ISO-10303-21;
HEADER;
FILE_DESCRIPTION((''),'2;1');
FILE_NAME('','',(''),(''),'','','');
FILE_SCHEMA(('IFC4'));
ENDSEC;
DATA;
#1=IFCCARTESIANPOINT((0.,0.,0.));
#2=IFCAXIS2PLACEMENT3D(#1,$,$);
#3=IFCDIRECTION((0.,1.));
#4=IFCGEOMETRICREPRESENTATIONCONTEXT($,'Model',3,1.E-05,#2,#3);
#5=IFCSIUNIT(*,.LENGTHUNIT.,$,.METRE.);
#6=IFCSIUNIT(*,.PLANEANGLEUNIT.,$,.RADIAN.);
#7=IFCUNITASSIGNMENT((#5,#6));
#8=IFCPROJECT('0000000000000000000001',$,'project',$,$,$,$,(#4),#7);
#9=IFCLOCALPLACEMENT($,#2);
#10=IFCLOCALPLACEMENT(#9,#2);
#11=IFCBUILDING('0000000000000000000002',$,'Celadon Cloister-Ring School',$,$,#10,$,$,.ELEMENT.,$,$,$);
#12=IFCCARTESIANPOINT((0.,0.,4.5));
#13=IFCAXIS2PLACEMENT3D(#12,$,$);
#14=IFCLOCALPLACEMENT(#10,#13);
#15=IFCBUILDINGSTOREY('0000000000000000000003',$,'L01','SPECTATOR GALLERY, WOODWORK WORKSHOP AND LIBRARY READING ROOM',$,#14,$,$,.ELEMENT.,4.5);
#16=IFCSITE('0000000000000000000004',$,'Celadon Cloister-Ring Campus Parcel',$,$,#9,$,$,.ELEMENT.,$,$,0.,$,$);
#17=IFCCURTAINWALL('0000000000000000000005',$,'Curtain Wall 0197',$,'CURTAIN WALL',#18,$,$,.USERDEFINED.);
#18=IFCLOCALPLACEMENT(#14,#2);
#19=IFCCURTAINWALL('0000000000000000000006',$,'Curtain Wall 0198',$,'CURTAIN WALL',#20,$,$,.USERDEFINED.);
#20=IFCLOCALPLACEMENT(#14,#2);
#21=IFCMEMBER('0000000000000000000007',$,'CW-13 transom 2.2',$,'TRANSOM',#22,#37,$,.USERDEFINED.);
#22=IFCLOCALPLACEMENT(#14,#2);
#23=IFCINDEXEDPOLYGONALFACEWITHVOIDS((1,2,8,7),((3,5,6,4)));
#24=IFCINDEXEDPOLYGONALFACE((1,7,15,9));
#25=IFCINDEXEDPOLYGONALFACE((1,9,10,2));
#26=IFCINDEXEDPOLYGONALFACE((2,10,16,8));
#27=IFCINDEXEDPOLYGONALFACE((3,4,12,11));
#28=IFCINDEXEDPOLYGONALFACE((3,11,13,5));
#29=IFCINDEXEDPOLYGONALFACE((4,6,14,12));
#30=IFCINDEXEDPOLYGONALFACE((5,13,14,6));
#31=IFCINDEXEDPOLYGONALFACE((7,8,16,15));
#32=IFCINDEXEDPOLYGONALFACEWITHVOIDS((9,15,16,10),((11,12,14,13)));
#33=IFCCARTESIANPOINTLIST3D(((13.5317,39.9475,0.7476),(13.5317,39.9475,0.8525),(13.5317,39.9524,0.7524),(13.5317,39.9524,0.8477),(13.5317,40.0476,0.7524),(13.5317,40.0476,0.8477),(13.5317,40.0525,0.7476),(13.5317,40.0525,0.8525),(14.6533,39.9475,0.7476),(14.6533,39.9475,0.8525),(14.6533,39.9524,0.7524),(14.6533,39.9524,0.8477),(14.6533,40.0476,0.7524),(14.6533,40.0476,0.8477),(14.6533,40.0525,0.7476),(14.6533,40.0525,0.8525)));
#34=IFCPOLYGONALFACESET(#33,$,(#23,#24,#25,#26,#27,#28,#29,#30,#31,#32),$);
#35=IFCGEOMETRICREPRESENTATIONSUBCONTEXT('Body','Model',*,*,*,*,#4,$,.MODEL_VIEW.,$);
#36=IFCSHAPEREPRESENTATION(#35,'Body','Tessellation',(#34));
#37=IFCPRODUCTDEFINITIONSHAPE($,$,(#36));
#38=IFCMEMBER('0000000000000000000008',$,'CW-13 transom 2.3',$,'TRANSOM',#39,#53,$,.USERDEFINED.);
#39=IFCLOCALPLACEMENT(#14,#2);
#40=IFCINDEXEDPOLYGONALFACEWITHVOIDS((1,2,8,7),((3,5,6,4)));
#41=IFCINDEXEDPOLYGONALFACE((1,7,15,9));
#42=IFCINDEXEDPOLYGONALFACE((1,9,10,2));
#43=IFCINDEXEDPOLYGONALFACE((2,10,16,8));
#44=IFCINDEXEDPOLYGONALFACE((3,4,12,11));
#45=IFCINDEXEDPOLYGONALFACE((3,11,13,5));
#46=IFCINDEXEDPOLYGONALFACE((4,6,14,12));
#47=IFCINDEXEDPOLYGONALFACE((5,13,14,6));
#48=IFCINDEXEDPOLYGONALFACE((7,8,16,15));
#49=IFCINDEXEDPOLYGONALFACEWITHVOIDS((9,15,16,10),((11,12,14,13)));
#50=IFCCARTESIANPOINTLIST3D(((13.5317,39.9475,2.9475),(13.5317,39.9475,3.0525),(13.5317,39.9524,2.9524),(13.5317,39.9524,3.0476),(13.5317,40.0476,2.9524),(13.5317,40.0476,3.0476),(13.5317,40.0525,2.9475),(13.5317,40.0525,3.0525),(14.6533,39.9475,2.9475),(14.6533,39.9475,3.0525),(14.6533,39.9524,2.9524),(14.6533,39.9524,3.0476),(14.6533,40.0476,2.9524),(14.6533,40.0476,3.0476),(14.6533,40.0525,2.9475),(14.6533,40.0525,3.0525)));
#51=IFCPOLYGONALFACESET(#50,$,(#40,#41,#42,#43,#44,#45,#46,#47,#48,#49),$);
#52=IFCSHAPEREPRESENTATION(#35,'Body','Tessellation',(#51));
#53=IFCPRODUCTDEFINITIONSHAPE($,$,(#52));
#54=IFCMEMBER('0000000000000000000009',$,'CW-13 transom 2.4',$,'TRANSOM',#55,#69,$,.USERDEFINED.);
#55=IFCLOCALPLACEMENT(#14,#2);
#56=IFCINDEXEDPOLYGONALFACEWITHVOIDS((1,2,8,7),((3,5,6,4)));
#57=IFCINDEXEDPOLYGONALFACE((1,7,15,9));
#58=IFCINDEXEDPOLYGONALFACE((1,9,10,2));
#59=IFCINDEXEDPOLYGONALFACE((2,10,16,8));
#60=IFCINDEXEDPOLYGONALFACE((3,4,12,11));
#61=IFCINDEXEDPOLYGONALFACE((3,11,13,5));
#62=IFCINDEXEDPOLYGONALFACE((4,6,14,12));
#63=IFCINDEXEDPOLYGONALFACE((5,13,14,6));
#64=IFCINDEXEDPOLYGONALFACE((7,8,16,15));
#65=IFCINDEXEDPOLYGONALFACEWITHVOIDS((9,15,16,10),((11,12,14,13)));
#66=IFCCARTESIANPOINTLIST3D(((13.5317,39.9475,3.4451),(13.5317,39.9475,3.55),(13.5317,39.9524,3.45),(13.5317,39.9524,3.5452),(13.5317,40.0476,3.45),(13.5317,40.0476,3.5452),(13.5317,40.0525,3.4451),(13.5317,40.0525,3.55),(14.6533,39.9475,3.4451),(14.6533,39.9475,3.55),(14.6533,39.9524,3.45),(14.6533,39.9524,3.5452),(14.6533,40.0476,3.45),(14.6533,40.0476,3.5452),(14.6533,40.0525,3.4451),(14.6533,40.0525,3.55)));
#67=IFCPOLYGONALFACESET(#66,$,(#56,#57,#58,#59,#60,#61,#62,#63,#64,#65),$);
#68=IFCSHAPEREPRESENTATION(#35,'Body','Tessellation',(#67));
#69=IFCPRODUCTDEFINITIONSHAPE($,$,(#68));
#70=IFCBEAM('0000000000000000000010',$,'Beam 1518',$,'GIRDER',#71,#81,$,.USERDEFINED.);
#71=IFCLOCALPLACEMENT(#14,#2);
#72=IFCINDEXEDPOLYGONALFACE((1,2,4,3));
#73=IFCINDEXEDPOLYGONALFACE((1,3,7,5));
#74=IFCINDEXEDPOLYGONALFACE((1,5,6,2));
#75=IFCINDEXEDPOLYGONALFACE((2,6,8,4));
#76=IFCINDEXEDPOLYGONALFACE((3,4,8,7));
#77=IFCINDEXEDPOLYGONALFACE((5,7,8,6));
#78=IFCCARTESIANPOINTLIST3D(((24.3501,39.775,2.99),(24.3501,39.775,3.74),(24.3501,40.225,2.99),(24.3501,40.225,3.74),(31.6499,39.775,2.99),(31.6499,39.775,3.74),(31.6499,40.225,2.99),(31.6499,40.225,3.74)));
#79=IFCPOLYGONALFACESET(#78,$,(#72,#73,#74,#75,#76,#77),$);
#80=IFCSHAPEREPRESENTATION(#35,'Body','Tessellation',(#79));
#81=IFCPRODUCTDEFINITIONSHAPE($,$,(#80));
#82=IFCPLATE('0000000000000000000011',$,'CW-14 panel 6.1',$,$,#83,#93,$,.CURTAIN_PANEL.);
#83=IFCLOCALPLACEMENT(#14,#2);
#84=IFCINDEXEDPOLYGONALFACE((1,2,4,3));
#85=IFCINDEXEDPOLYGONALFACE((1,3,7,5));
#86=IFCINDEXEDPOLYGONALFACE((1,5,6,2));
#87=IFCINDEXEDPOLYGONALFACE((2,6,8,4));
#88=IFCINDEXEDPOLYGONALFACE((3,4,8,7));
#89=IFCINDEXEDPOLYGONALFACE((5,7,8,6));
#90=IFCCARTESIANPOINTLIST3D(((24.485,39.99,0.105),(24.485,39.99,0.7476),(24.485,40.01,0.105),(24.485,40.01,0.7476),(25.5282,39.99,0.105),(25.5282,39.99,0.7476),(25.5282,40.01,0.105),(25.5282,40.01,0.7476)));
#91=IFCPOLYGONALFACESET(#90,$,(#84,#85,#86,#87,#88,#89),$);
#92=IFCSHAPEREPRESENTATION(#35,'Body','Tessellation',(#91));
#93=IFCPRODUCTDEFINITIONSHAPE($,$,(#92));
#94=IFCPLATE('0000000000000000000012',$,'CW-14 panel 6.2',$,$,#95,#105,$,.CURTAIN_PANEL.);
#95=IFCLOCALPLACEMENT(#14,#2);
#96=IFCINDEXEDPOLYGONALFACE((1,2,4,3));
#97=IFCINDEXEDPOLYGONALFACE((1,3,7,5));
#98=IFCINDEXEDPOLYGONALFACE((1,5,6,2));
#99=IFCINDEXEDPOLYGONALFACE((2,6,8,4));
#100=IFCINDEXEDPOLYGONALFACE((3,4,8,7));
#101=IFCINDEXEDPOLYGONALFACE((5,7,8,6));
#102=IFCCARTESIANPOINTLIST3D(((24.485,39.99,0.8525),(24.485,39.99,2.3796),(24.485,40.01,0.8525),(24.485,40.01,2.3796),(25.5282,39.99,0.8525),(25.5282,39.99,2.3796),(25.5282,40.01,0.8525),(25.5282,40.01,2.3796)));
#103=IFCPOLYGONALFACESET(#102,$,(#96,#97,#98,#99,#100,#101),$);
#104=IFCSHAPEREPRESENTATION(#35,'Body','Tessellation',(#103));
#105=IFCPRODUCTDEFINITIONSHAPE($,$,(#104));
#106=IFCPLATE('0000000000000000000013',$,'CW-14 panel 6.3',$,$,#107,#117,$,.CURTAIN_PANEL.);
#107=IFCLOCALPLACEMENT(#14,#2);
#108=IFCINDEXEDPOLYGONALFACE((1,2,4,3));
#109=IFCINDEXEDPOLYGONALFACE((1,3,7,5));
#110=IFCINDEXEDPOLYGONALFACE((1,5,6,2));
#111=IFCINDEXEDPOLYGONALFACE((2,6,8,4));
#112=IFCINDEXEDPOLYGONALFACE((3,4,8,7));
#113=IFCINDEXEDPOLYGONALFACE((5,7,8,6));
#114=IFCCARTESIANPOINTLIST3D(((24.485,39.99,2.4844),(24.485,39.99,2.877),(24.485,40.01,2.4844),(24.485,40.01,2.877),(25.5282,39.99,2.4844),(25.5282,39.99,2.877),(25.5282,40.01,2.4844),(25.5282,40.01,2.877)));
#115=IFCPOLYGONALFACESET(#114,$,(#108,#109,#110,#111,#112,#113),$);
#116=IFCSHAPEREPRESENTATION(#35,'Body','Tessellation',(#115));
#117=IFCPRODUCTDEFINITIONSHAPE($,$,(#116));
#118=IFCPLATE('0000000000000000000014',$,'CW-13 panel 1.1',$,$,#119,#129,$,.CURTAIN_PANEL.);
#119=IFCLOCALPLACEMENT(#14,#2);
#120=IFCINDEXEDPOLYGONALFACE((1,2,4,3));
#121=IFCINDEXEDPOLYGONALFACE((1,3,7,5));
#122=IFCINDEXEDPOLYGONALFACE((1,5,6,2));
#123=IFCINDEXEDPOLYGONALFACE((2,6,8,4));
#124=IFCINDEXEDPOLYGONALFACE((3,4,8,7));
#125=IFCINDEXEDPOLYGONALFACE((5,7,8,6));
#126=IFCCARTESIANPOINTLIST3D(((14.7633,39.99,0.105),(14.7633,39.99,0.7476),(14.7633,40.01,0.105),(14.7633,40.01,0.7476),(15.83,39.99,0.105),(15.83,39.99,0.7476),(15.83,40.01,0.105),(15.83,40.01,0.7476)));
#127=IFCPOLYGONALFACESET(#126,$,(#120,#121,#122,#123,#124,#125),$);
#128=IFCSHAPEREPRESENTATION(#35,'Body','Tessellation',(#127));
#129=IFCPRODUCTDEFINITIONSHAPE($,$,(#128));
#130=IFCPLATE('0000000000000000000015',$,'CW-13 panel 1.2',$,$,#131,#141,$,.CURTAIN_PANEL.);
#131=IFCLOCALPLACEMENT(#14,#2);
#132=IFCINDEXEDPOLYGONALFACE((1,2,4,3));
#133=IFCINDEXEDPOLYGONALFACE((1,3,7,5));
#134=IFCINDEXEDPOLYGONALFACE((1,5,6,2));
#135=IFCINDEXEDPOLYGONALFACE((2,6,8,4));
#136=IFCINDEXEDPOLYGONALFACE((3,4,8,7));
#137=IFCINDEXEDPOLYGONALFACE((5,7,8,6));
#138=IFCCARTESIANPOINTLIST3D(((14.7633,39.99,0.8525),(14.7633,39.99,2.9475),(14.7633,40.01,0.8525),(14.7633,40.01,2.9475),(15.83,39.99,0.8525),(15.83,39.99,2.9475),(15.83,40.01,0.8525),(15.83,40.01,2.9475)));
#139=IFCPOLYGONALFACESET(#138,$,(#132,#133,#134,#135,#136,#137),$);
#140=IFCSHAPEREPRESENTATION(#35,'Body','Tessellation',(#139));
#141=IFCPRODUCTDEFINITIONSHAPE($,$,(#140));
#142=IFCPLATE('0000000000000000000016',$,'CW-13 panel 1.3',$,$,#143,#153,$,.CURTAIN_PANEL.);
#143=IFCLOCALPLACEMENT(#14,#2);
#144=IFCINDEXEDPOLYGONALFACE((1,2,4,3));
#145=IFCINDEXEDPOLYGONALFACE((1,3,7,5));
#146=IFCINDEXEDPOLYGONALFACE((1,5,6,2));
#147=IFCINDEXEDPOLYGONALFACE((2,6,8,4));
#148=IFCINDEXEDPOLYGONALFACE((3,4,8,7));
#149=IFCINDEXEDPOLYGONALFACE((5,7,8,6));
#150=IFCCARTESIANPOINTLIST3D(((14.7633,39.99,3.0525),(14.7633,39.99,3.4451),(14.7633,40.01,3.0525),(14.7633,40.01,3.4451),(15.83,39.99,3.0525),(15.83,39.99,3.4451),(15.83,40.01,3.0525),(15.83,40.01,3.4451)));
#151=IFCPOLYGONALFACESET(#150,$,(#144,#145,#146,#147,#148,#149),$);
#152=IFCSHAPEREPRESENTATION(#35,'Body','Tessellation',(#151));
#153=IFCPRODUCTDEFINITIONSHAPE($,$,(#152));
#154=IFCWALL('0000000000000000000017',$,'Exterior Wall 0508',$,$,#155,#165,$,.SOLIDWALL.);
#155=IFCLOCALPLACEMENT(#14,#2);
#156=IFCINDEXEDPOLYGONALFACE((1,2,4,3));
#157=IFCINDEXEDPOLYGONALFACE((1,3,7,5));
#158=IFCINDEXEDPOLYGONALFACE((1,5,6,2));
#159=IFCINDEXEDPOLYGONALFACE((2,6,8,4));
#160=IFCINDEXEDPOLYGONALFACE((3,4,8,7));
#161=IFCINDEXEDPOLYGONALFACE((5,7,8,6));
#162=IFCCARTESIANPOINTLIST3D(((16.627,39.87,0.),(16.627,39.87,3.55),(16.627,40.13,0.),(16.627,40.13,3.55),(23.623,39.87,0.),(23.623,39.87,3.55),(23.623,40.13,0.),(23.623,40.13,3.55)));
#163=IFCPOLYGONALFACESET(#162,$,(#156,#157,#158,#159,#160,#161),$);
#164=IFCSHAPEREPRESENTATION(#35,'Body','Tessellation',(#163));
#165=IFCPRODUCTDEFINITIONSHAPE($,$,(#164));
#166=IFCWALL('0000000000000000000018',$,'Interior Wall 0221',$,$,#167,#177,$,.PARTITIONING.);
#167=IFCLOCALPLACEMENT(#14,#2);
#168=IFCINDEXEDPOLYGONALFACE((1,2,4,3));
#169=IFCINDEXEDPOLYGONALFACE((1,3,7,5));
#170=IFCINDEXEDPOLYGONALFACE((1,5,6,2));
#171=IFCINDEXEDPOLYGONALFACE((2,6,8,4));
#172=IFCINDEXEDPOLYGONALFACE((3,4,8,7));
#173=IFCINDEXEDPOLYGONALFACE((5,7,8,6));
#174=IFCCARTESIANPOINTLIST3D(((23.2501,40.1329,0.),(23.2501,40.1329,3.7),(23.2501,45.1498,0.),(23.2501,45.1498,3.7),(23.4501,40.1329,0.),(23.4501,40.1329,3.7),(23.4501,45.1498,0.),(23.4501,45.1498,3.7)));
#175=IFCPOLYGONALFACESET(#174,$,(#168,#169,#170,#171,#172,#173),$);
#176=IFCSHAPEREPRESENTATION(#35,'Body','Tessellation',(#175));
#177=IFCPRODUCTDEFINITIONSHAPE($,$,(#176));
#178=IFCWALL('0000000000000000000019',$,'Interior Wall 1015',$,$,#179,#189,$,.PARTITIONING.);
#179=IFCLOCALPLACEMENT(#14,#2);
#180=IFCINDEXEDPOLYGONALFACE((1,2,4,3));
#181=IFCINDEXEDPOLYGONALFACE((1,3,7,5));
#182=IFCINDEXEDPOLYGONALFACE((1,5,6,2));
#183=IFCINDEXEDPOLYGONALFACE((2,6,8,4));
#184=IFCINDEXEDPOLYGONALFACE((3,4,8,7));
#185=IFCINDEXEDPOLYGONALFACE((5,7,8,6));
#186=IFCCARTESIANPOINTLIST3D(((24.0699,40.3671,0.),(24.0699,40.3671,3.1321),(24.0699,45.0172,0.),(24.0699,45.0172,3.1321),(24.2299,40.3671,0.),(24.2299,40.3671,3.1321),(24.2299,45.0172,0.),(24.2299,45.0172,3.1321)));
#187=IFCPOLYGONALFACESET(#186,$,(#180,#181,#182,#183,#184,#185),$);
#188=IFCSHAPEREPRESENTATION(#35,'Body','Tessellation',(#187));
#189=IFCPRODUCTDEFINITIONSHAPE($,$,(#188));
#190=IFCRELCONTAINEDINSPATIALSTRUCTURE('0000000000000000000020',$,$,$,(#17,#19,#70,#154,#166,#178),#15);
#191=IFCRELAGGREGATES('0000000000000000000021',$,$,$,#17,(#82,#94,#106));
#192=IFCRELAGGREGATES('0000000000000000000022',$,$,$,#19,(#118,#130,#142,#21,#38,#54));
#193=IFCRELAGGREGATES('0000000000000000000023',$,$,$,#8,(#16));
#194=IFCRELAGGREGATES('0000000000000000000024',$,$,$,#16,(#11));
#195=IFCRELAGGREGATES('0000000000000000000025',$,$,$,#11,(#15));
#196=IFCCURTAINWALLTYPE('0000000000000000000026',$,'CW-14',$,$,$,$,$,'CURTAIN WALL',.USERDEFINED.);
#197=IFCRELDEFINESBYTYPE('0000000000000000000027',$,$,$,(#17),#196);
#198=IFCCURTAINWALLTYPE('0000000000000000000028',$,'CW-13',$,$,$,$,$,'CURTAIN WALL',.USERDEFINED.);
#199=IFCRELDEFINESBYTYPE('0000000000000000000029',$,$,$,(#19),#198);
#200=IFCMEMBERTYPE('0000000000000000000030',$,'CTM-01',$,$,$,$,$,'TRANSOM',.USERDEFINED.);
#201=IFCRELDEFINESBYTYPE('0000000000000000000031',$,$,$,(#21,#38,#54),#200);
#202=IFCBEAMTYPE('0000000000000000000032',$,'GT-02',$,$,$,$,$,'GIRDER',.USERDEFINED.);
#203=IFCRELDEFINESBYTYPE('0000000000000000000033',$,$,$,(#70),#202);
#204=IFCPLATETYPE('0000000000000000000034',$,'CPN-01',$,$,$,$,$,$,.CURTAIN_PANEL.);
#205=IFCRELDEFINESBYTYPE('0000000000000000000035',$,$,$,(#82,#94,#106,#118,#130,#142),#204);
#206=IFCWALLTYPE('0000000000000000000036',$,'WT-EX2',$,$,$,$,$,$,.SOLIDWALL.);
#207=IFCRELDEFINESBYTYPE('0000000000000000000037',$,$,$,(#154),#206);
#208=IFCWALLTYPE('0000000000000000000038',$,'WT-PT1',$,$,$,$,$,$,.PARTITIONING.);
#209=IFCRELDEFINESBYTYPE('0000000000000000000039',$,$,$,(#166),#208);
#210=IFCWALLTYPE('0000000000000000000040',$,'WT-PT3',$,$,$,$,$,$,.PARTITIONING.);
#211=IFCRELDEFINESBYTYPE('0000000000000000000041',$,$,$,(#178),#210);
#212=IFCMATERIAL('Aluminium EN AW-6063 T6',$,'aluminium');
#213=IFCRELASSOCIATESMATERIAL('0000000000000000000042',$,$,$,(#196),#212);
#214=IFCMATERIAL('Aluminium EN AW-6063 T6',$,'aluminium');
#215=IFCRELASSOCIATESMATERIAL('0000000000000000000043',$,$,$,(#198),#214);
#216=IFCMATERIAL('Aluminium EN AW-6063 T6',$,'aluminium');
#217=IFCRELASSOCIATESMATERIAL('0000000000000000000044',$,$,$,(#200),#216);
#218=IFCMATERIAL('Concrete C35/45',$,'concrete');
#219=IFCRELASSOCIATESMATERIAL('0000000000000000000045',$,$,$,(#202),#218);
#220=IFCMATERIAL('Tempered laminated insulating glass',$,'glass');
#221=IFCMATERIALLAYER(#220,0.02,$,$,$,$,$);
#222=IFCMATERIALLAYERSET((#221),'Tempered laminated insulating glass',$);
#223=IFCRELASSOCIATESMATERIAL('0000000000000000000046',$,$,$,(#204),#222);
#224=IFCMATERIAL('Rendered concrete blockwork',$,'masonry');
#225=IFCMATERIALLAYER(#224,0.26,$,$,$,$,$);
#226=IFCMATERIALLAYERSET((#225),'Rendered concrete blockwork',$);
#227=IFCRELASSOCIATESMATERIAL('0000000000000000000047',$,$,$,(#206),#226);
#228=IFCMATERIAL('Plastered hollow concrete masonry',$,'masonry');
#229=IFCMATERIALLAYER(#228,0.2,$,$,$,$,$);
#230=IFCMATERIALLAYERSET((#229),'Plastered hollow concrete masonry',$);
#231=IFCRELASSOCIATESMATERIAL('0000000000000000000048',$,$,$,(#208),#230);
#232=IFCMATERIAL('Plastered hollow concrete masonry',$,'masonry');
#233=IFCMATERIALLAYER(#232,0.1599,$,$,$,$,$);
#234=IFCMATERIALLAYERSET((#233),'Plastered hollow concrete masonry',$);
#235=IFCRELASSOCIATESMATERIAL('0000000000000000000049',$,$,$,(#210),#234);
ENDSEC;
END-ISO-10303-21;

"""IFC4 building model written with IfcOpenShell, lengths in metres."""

from ifc_helpers import new_model, si_unit, direction, frame, frame_2d, origin, origin_2d, place, context, subcontext, project, spatial, rectangle, hollow_rectangle, extrude, material, layer, layer_set, material_profile, profile_set, type_object, element, aggregate, save


model = new_model("IFC4")

# Units and contexts
model_context = context("Model", 3, precision=1e-05, world=origin(), true_north=direction((0.0, 1.0)))
body_context = subcontext(model_context, "Body", "Model", "MODEL_VIEW")
ifc_project = project(units=[si_unit("LENGTHUNIT", "METRE"), si_unit("PLANEANGLEUNIT", "RADIAN")], contexts=[model_context])

# Site, building, storey
site_placement = place(None, origin())
site = spatial("IfcSite", under=ifc_project, at=site_placement, Name="Celadon Cloister-Ring Campus Parcel", CompositionType="ELEMENT", RefElevation=0.0)
building_placement = place(site_placement, origin())
building = spatial("IfcBuilding", under=site, at=building_placement, Name="Celadon Cloister-Ring School", CompositionType="ELEMENT")
storey_placement = place(building_placement, frame((0.0, 0.0, 4.5)))
storey = spatial("IfcBuildingStorey", under=building, at=storey_placement, Name="L01", Description="SPECTATOR GALLERY, WOODWORK WORKSHOP AND LIBRARY READING ROOM", CompositionType="ELEMENT", Elevation=4.5)

# Curtain wall
ifc_material_1 = material(Name="Aluminium EN AW-6063 T6", Category="aluminium")
curtain_wall_type_1 = type_object("IfcCurtainWallType", Name="CW-14", ElementType="CURTAIN WALL", PredefinedType="USERDEFINED", material=ifc_material_1)
curtain_wall_1_placement = place(storey_placement, origin())
curtain_wall_1 = element("IfcCurtainWall", 1, at=curtain_wall_1_placement, inside=storey, type_object=curtain_wall_type_1, Name="Curtain Wall 0197", ObjectType="CURTAIN WALL", PredefinedType="USERDEFINED")

# Curtain wall, members
ifc_material_2 = material(Name="Aluminium EN AW-6063 T6", Category="aluminium")
curtain_wall_type_2 = type_object("IfcCurtainWallType", Name="CW-13", ElementType="CURTAIN WALL", PredefinedType="USERDEFINED", material=ifc_material_2)
curtain_wall_2_placement = place(storey_placement, origin())
curtain_wall_2 = element("IfcCurtainWall", 2, at=curtain_wall_2_placement, inside=storey, type_object=curtain_wall_type_2, Name="Curtain Wall 0198", ObjectType="CURTAIN WALL", PredefinedType="USERDEFINED")
ifc_material_3 = material(Name="Aluminium EN AW-6063 T6", Category="aluminium")
ifc_material_profile_1 = material_profile(ifc_material_3, hollow_rectangle(XDim=0.105, YDim=0.105, WallThickness=0.0049, at=origin_2d()), Name="RHS105X105X5")
ifc_profile_set_1 = profile_set([ifc_material_profile_1], Name="Aluminium EN AW-6063 T6")
member_type_1 = type_object("IfcMemberType", Name="CTM-01", ElementType="TRANSOM", PredefinedType="USERDEFINED", material=ifc_profile_set_1)
member_1_placement = place(storey_placement, frame((14.6533, 40.0, 0.8), z_axis=(-1.0, 0.0, 0.0), x_axis=(0.0, -1.0, 0.0)))
member_1 = element("IfcMember", 3, at=member_1_placement, type_object=member_type_1, Name="CW-13 transom 2.2", ObjectType="TRANSOM", PredefinedType="USERDEFINED", context=body_context, shape_type="SweptSolid", body=[
    extrude(hollow_rectangle(XDim=0.105, YDim=0.105, WallThickness=0.0049, at=origin_2d()), origin(), (0.0, 0.0, 1.0), 1.1216),
])
member_2_placement = place(storey_placement, frame((14.6533, 40.0, 3.0), z_axis=(-1.0, 0.0, 0.0), x_axis=(0.0, -1.0, 0.0)))
member_2 = element("IfcMember", 4, at=member_2_placement, type_object=member_type_1, Name="CW-13 transom 2.3", ObjectType="TRANSOM", PredefinedType="USERDEFINED", context=body_context, shape_type="SweptSolid", body=[
    extrude(hollow_rectangle(XDim=0.105, YDim=0.105, WallThickness=0.0049, at=origin_2d()), origin(), (0.0, 0.0, 1.0), 1.1216),
])
member_3_placement = place(storey_placement, frame((14.6533, 40.0, 3.4976), z_axis=(-1.0, 0.0, 0.0), x_axis=(0.0, -1.0, 0.0)))
member_3 = element("IfcMember", 5, at=member_3_placement, type_object=member_type_1, Name="CW-13 transom 2.4", ObjectType="TRANSOM", PredefinedType="USERDEFINED", context=body_context, shape_type="SweptSolid", body=[
    extrude(hollow_rectangle(XDim=0.105, YDim=0.105, WallThickness=0.0049, at=origin_2d()), origin(), (0.0, 0.0, 1.0), 1.1216),
])

# Beam
ifc_material_4 = material(Name="Concrete C35/45", Category="concrete")
ifc_material_profile_2 = material_profile(ifc_material_4, rectangle(XDim=0.45, YDim=0.75, at=origin_2d()), Name="RC450X750")
ifc_profile_set_2 = profile_set([ifc_material_profile_2], Name="Concrete C35/45")
beam_type_1 = type_object("IfcBeamType", Name="GT-02", ElementType="GIRDER", PredefinedType="USERDEFINED", material=ifc_profile_set_2)
beam_1_placement = place(storey_placement, frame((24.3501, 40.0, 3.365), z_axis=(1.0, 0.0, 0.0), x_axis=(0.0, 1.0, 0.0)))
element("IfcBeam", 6, at=beam_1_placement, inside=storey, type_object=beam_type_1, Name="Beam 1518", ObjectType="GIRDER", PredefinedType="USERDEFINED", context=body_context, shape_type="SweptSolid", body=[
    extrude(rectangle(XDim=0.45, YDim=0.75, at=origin_2d()), origin(), (0.0, 0.0, 1.0), 7.2998),
])

# Plates
ifc_material_5 = material(Name="Tempered laminated insulating glass", Category="glass")
ifc_layer_1 = layer(ifc_material_5, 0.02)
ifc_layer_set_1 = layer_set([ifc_layer_1], Name="Tempered laminated insulating glass")
plate_type = type_object("IfcPlateType", Name="CPN-01", PredefinedType="CURTAIN_PANEL", material=ifc_layer_set_1)
plate_1_placement = place(storey_placement, frame((25.0066, 40.0, 0.105), z_axis=(0.0, 0.0, 1.0), x_axis=(-1.0, 0.0, 0.0)))
plate_1 = element("IfcPlate", 7, at=plate_1_placement, type_object=plate_type, Name="CW-14 panel 6.1", PredefinedType="CURTAIN_PANEL", context=body_context, shape_type="SweptSolid", body=[
    extrude(rectangle(XDim=1.0432, YDim=0.02, at=origin_2d()), origin(), (0.0, 0.0, 1.0), 0.6426),
])
plate_2_placement = place(storey_placement, frame((25.0066, 40.0, 0.8525), z_axis=(0.0, 0.0, 1.0), x_axis=(-1.0, 0.0, 0.0)))
plate_2 = element("IfcPlate", 8, at=plate_2_placement, type_object=plate_type, Name="CW-14 panel 6.2", PredefinedType="CURTAIN_PANEL", context=body_context, shape_type="SweptSolid", body=[
    extrude(rectangle(XDim=1.0432, YDim=0.02, at=origin_2d()), origin(), (0.0, 0.0, 1.0), 1.5271),
])
plate_3_placement = place(storey_placement, frame((25.0066, 40.0, 2.4844), z_axis=(0.0, 0.0, 1.0), x_axis=(-1.0, 0.0, 0.0)))
plate_3 = element("IfcPlate", 9, at=plate_3_placement, type_object=plate_type, Name="CW-14 panel 6.3", PredefinedType="CURTAIN_PANEL", context=body_context, shape_type="SweptSolid", body=[
    extrude(rectangle(XDim=1.0432, YDim=0.02, at=origin_2d()), origin(), (0.0, 0.0, 1.0), 0.3926),
])
aggregate(curtain_wall_1, [plate_1, plate_2, plate_3])
plate_4_placement = place(storey_placement, frame((15.2966, 40.0, 0.105), z_axis=(0.0, 0.0, 1.0), x_axis=(-1.0, 0.0, 0.0)))
plate_4 = element("IfcPlate", 10, at=plate_4_placement, type_object=plate_type, Name="CW-13 panel 1.1", PredefinedType="CURTAIN_PANEL", context=body_context, shape_type="SweptSolid", body=[
    extrude(rectangle(XDim=1.0667, YDim=0.02, at=origin_2d()), origin(), (0.0, 0.0, 1.0), 0.6426),
])
plate_5_placement = place(storey_placement, frame((15.2966, 40.0, 0.8525), z_axis=(0.0, 0.0, 1.0), x_axis=(-1.0, 0.0, 0.0)))
plate_5 = element("IfcPlate", 11, at=plate_5_placement, type_object=plate_type, Name="CW-13 panel 1.2", PredefinedType="CURTAIN_PANEL", context=body_context, shape_type="SweptSolid", body=[
    extrude(rectangle(XDim=1.0667, YDim=0.02, at=origin_2d()), origin(), (0.0, 0.0, 1.0), 2.095),
])
plate_6_placement = place(storey_placement, frame((15.2966, 40.0, 3.0525), z_axis=(0.0, 0.0, 1.0), x_axis=(-1.0, 0.0, 0.0)))
plate_6 = element("IfcPlate", 12, at=plate_6_placement, type_object=plate_type, Name="CW-13 panel 1.3", PredefinedType="CURTAIN_PANEL", context=body_context, shape_type="SweptSolid", body=[
    extrude(rectangle(XDim=1.0667, YDim=0.02, at=origin_2d()), origin(), (0.0, 0.0, 1.0), 0.3926),
])
aggregate(curtain_wall_2, [plate_4, plate_5, plate_6, member_1, member_2, member_3])

# Walls
ifc_material_6 = material(Name="Rendered concrete blockwork", Category="masonry")
ifc_layer_2 = layer(ifc_material_6, 0.26)
ifc_layer_set_2 = layer_set([ifc_layer_2], Name="Rendered concrete blockwork")
wall_type_1 = type_object("IfcWallType", Name="WT-EX2", PredefinedType="SOLIDWALL", material=ifc_layer_set_2)
wall_1_placement = place(storey_placement, frame((23.623, 40.0, 0.0), z_axis=(0.0, 0.0, 1.0), x_axis=(-1.0, 0.0, 0.0)))
element("IfcWall", 13, at=wall_1_placement, inside=storey, type_object=wall_type_1, Name="Exterior Wall 0508", PredefinedType="SOLIDWALL", context=body_context, shape_type="SweptSolid", body=[
    extrude(rectangle(XDim=6.9961, YDim=0.26, at=frame_2d((3.498, 0.0))), origin(), (0.0, 0.0, 1.0), 3.55),
])
ifc_material_7 = material(Name="Plastered hollow concrete masonry", Category="masonry")
ifc_layer_3 = layer(ifc_material_7, 0.2)
ifc_layer_set_3 = layer_set([ifc_layer_3], Name="Plastered hollow concrete masonry")
wall_type_2 = type_object("IfcWallType", Name="WT-PT1", PredefinedType="PARTITIONING", material=ifc_layer_set_3)
wall_2_placement = place(storey_placement, frame((23.3501, 40.1331, 0.0), z_axis=(0.0, 0.0, 1.0), x_axis=(0.0, 1.0, 0.0)))
element("IfcWall", 14, at=wall_2_placement, inside=storey, type_object=wall_type_2, Name="Interior Wall 0221", PredefinedType="PARTITIONING", context=body_context, shape_type="SweptSolid", body=[
    extrude(rectangle(XDim=5.0168, YDim=0.2, at=frame_2d((2.5083, 0.0))), origin(), (0.0, 0.0, 1.0), 3.7),
])
ifc_material_8 = material(Name="Plastered hollow concrete masonry", Category="masonry")
ifc_layer_4 = layer(ifc_material_8, 0.1599)
ifc_layer_set_4 = layer_set([ifc_layer_4], Name="Plastered hollow concrete masonry")
wall_type_3 = type_object("IfcWallType", Name="WT-PT3", PredefinedType="PARTITIONING", material=ifc_layer_set_4)
wall_3_placement = place(storey_placement, frame((24.1499, 40.3669, 0.0), z_axis=(0.0, 0.0, 1.0), x_axis=(0.0, 1.0, 0.0)))
element("IfcWall", 15, at=wall_3_placement, inside=storey, type_object=wall_type_3, Name="Interior Wall 1015", PredefinedType="PARTITIONING", context=body_context, shape_type="SweptSolid", body=[
    extrude(rectangle(XDim=4.6501, YDim=0.1599, at=frame_2d((2.3252, 0.0))), origin(), (0.0, 0.0, 1.0), 3.1321),
])

save(model, "model.ifc")
